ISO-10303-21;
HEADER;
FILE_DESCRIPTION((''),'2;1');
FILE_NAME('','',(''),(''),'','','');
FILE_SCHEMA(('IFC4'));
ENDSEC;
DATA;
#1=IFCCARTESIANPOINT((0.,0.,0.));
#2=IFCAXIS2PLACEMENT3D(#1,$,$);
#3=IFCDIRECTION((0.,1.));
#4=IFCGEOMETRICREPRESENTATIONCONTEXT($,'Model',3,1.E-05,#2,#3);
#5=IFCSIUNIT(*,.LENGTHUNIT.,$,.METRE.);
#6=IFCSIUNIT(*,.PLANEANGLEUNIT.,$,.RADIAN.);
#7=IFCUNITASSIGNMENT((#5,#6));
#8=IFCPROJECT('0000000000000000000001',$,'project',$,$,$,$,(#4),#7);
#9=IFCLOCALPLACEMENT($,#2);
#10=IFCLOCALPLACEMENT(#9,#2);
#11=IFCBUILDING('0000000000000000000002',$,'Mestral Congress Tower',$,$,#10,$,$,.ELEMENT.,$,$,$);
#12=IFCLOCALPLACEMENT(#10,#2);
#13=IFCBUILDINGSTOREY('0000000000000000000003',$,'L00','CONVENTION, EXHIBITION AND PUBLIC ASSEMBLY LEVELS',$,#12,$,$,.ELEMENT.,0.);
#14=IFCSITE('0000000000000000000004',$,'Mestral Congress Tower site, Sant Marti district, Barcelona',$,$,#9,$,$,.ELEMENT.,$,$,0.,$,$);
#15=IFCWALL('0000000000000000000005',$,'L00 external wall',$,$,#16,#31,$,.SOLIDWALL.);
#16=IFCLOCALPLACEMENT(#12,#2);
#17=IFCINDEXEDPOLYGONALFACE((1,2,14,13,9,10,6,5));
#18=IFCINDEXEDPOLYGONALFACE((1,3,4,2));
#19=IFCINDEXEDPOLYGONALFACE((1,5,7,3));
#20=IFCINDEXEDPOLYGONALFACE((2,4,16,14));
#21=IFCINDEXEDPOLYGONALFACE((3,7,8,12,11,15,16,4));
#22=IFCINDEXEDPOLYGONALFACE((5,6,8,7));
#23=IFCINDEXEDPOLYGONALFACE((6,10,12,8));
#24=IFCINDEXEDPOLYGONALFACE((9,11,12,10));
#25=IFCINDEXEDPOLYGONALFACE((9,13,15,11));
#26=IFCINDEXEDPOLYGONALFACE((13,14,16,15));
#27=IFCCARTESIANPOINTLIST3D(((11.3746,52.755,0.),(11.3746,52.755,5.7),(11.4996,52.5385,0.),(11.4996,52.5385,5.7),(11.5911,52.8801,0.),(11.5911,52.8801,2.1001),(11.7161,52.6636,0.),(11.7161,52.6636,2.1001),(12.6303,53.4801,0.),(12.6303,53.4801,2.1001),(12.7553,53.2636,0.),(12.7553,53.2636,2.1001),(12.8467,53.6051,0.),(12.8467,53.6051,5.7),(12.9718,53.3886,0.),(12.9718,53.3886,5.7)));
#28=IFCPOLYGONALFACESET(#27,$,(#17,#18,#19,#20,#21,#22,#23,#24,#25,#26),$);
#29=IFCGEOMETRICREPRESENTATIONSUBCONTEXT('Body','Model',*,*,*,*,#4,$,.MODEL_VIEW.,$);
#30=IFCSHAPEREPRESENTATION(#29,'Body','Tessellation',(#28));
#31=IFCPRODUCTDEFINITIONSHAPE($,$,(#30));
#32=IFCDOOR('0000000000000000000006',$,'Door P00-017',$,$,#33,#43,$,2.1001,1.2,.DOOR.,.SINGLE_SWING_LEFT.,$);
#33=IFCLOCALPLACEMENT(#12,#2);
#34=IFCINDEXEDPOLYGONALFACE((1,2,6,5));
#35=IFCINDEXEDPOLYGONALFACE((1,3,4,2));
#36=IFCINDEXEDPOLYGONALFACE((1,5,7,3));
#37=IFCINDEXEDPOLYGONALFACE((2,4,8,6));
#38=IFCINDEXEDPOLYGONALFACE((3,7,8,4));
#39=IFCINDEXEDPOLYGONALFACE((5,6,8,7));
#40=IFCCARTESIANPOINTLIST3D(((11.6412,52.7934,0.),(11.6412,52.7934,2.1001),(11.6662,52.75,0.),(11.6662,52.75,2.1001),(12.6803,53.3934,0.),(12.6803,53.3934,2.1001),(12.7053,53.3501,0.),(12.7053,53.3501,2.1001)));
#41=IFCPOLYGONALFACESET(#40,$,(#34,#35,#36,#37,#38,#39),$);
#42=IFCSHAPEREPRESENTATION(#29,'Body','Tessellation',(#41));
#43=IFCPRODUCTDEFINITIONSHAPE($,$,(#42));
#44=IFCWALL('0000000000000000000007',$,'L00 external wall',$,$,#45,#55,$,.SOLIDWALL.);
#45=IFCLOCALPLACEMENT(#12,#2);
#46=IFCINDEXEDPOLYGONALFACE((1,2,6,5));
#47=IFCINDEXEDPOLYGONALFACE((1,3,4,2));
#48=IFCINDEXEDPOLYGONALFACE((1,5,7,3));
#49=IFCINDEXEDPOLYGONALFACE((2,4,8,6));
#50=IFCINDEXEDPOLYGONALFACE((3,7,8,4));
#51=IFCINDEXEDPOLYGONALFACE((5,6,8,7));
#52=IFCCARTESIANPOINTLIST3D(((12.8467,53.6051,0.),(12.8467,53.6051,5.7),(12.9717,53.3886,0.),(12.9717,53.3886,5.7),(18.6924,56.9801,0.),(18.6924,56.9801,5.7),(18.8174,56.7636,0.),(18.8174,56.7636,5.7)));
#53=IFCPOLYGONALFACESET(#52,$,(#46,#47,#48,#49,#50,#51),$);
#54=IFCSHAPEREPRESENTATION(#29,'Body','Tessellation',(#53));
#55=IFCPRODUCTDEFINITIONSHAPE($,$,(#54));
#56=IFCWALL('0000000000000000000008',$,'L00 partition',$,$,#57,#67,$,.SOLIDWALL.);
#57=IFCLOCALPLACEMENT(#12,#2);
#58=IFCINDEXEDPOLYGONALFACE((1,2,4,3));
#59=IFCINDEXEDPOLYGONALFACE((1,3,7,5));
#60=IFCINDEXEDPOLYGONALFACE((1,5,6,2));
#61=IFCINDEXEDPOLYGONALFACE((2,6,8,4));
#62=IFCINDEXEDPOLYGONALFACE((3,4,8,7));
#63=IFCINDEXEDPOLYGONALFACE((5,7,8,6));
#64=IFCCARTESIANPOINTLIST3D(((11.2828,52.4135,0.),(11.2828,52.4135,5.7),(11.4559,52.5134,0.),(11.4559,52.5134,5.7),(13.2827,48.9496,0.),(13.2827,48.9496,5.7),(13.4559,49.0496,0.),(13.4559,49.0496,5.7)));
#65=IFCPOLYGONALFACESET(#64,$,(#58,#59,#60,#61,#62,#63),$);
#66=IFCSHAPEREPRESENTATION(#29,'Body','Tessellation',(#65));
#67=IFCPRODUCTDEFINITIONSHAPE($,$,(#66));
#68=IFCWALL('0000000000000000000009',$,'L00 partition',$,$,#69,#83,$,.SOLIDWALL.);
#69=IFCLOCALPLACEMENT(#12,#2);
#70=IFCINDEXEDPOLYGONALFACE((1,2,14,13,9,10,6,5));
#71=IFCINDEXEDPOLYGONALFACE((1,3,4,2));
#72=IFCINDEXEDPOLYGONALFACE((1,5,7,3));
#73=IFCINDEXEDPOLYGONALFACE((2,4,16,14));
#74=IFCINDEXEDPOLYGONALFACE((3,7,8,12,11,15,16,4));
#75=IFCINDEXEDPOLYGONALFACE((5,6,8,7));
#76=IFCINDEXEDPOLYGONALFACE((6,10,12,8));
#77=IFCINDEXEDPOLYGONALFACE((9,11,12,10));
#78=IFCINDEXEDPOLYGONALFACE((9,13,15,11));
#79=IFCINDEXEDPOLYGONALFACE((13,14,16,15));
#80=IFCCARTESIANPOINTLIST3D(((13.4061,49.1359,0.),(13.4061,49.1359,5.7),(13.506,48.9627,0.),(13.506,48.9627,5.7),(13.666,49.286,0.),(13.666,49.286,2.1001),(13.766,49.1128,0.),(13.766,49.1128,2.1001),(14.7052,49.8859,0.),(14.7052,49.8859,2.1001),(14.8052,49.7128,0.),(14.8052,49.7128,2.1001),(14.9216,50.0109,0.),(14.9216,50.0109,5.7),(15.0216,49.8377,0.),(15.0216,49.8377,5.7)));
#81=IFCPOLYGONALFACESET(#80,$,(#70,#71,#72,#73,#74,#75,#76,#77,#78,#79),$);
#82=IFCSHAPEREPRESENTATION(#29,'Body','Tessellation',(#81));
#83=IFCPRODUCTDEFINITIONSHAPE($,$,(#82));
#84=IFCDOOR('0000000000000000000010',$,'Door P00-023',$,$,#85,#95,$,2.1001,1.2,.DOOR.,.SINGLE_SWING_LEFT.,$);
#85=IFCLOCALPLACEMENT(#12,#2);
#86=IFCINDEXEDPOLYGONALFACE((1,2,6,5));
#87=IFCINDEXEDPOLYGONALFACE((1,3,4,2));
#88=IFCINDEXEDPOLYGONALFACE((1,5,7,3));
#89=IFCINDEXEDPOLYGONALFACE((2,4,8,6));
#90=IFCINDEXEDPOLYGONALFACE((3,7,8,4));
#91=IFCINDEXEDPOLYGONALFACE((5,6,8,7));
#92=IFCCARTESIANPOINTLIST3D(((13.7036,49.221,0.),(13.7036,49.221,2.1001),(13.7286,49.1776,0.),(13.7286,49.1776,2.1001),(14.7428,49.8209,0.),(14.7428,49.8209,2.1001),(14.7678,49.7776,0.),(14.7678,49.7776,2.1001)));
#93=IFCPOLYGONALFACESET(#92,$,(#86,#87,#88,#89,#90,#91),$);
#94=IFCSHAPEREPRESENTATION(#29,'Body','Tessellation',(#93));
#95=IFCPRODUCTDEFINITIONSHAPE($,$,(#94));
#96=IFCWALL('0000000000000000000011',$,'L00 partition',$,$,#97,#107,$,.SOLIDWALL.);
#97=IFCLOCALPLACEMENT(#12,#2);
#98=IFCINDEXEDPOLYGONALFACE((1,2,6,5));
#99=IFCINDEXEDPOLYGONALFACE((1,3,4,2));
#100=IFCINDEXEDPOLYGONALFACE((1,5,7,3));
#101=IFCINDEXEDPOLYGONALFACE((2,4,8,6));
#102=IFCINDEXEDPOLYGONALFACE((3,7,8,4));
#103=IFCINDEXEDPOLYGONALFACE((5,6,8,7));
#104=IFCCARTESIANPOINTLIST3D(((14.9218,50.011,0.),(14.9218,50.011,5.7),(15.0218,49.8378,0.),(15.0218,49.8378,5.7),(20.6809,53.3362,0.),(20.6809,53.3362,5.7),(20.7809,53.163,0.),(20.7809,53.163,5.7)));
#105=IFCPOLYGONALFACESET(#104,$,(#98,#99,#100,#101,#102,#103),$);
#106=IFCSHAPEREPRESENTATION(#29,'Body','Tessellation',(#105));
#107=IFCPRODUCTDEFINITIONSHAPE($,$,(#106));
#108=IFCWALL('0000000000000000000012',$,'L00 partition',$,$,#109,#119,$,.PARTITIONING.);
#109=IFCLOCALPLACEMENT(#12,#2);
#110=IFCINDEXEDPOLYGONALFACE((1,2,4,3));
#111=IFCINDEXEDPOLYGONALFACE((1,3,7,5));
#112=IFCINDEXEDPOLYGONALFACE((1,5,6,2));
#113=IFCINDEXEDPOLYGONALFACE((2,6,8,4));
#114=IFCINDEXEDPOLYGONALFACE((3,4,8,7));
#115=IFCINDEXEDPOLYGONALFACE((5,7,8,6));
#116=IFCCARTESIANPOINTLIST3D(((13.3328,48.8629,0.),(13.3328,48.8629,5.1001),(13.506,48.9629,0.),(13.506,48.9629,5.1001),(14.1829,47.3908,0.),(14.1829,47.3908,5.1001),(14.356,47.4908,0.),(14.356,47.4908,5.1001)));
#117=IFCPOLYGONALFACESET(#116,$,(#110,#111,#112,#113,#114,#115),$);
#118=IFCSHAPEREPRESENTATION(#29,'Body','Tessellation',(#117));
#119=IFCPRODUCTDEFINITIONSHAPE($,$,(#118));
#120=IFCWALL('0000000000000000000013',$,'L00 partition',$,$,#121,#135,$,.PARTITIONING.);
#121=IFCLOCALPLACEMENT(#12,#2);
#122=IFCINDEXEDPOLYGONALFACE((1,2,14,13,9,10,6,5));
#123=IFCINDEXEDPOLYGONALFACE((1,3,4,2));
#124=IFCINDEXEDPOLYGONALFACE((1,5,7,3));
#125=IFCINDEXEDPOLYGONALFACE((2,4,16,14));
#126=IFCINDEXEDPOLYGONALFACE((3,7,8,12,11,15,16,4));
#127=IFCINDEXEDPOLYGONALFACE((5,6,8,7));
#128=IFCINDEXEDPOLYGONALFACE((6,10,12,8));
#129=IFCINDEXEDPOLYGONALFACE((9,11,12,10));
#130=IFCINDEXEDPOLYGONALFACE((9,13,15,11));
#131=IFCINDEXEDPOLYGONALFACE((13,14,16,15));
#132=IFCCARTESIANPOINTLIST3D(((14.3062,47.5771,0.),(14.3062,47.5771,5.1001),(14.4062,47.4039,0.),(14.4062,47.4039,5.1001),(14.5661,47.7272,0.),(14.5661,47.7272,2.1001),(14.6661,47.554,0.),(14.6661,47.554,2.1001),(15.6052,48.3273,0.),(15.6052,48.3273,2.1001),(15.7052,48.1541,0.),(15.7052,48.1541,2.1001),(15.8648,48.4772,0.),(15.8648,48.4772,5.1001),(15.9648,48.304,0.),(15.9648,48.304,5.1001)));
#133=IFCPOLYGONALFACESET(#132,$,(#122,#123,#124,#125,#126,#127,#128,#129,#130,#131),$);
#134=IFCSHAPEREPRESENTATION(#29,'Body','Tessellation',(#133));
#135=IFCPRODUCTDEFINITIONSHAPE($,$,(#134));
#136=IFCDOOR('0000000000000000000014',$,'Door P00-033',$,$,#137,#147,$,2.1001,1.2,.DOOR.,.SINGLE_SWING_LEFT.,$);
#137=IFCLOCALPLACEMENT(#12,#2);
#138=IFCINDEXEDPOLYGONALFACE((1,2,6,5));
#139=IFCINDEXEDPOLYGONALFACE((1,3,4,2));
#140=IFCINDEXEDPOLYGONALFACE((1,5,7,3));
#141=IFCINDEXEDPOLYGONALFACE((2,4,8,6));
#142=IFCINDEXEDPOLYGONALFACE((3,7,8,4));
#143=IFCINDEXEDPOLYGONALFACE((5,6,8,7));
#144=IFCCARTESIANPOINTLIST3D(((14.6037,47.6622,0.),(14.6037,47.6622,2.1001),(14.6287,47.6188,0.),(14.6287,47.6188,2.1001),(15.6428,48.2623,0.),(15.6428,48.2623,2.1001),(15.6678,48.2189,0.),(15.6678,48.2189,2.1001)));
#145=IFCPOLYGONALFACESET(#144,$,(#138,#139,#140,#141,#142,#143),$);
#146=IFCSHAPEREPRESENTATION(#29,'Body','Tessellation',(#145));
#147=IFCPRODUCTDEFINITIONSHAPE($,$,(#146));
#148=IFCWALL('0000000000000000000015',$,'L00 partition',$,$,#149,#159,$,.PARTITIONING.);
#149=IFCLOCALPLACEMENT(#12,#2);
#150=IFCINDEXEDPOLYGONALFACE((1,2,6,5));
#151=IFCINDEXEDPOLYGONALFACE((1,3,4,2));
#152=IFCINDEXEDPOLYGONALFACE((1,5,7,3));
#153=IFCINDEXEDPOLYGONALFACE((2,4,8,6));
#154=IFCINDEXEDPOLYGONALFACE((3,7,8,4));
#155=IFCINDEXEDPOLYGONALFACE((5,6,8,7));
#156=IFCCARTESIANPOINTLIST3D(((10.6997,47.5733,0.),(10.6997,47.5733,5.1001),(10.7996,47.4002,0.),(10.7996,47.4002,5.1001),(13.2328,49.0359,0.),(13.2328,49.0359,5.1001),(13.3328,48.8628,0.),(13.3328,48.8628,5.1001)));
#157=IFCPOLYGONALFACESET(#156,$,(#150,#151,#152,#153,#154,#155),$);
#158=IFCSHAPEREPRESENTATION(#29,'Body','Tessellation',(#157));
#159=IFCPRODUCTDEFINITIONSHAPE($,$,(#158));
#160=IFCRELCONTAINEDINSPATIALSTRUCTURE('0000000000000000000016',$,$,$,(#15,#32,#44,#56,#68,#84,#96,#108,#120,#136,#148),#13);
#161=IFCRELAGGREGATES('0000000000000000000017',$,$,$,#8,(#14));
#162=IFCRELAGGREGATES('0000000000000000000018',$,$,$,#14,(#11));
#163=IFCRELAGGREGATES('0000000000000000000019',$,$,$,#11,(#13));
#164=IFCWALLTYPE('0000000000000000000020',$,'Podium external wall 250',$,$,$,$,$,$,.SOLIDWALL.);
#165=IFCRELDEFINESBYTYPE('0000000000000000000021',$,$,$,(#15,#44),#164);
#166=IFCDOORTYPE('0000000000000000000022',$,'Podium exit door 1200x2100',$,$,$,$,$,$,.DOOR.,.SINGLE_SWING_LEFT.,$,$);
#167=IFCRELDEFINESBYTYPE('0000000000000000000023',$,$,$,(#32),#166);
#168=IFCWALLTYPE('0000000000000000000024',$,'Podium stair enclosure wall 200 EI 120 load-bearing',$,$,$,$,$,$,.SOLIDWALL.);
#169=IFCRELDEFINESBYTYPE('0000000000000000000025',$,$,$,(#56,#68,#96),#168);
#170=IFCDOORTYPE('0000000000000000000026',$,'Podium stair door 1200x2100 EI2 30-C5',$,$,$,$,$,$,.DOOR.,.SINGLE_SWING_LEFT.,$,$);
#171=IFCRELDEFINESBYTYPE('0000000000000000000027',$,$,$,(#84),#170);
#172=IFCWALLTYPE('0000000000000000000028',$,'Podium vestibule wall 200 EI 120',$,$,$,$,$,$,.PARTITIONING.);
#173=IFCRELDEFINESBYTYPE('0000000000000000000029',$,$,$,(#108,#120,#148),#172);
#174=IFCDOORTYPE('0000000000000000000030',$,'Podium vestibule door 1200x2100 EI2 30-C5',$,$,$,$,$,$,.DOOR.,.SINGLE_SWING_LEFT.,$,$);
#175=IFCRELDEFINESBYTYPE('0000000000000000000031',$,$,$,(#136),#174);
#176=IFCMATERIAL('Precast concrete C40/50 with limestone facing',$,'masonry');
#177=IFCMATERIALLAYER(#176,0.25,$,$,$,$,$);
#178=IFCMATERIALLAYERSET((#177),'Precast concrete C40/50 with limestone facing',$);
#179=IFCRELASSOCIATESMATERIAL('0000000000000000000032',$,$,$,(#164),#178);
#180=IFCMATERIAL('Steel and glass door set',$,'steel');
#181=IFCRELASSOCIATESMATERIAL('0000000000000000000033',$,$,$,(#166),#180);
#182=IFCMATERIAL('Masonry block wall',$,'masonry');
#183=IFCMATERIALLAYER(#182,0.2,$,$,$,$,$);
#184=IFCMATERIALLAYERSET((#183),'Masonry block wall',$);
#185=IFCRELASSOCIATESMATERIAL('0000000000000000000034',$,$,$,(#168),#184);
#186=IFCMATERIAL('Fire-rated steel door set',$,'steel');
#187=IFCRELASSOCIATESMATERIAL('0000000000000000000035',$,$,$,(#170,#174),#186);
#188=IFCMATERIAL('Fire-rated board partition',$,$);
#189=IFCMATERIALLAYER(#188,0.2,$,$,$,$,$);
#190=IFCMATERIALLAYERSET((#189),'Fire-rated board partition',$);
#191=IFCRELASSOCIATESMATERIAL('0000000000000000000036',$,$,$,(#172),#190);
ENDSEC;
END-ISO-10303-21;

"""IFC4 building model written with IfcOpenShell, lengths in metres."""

from ifc_helpers import new_model, si_unit, direction, frame, frame_2d, origin, place, context, subcontext, project, spatial, rectangle, extrude, material, layer, layer_set, type_object, element, fill, save


model = new_model("IFC4")

# Units and contexts
model_context = context("Model", 3, precision=1e-05, world=origin(), true_north=direction((0.0, 1.0)))
body_context = subcontext(model_context, "Body", "Model", "MODEL_VIEW")
ifc_project = project(units=[si_unit("LENGTHUNIT", "METRE"), si_unit("PLANEANGLEUNIT", "RADIAN")], contexts=[model_context])

# Site, building, storey
site_placement = place(None, origin())
site = spatial("IfcSite", under=ifc_project, at=site_placement, Name="Mestral Congress Tower site, Sant Marti district, Barcelona", CompositionType="ELEMENT", RefElevation=0.0)
building_placement = place(site_placement, origin())
building = spatial("IfcBuilding", under=site, at=building_placement, Name="Mestral Congress Tower", CompositionType="ELEMENT")
storey_placement = place(building_placement, origin())
storey = spatial("IfcBuildingStorey", under=building, at=storey_placement, Name="L00", Description="CONVENTION, EXHIBITION AND PUBLIC ASSEMBLY LEVELS", CompositionType="ELEMENT", Elevation=0.0)

# Shared definitions
ifc_material_1 = material(Name="Precast concrete C40/50 with limestone facing", Category="masonry")
ifc_layer_1 = layer(ifc_material_1, 0.25)
ifc_layer_set_1 = layer_set([ifc_layer_1], Name="Precast concrete C40/50 with limestone facing")
wall_type_1 = type_object("IfcWallType", Name="Podium external wall 250", PredefinedType="SOLIDWALL", material=ifc_layer_set_1)

# Wall, opening, door
wall_1_placement = place(storey_placement, frame((11.437, 52.6467, 0.0), z_axis=(0.0, 0.0, 1.0), x_axis=(0.865989, 0.500062, 0.0)))
wall_1 = element("IfcWall", 1, at=wall_1_placement, inside=storey, type_object=wall_type_1, Name="L00 external wall", PredefinedType="SOLIDWALL", context=body_context, shape_type="SweptSolid", body=[
    extrude(rectangle(XDim=1.7, YDim=0.25, at=frame_2d((0.8501, 0.0))), origin(), (0.0, 0.0, 1.0), 5.7),
])
opening_1_placement = place(wall_1_placement, frame((0.25, 0.0, 0.0)))
opening_1 = element("IfcOpeningElement", 2, at=opening_1_placement, cuts=wall_1, PredefinedType="OPENING", context=body_context, shape_type="SweptSolid", body=[
    extrude(rectangle(XDim=1.2, YDim=2.1001, at=frame_2d((0.6001, 1.05))), frame((0.0, 0.135, 0.0), z_axis=(0.0, -1.0, 0.0), x_axis=(1.0, 0.0, 0.0)), (0.0, 0.0, 1.0), 0.27),
])
ifc_material_2 = material(Name="Steel and glass door set", Category="steel")
door_type_1 = type_object("IfcDoorType", Name="Podium exit door 1200x2100", OperationType="SINGLE_SWING_LEFT", PredefinedType="DOOR", material=ifc_material_2)
door_1_placement = place(opening_1_placement, origin())
door_1 = element("IfcDoor", 3, at=door_1_placement, inside=storey, type_object=door_type_1, Name="Door P00-017", OperationType="SINGLE_SWING_LEFT", OverallHeight=2.1001, OverallWidth=1.2, PredefinedType="DOOR", context=body_context, shape_type="SweptSolid", body=[
    extrude(rectangle(XDim=1.2, YDim=2.1001, at=frame_2d((0.6001, 1.05))), frame((0.0, 0.0249, 0.0), z_axis=(0.0, -1.0, 0.0), x_axis=(1.0, 0.0, 0.0)), (0.0, 0.0, 1.0), 0.05),
])
fill(opening_1, door_1)

# Walls
wall_2_placement = place(storey_placement, frame((12.9092, 53.4968, 0.0), z_axis=(0.0, 0.0, 1.0), x_axis=(0.866027, 0.499998, 0.0)))
element("IfcWall", 4, at=wall_2_placement, inside=storey, type_object=wall_type_1, Name="L00 external wall", PredefinedType="SOLIDWALL", context=body_context, shape_type="SweptSolid", body=[
    extrude(rectangle(XDim=6.75, YDim=0.25, at=frame_2d((3.375, 0.0))), origin(), (0.0, 0.0, 1.0), 5.7),
])
ifc_material_3 = material(Name="Masonry block wall", Category="masonry")
ifc_layer_2 = layer(ifc_material_3, 0.2)
ifc_layer_set_2 = layer_set([ifc_layer_2], Name="Masonry block wall")
wall_type_2 = type_object("IfcWallType", Name="Podium stair enclosure wall 200 EI 120 load-bearing", PredefinedType="SOLIDWALL", material=ifc_layer_set_2)
wall_3_placement = place(storey_placement, frame((13.3694, 48.9995, 0.0), z_axis=(0.0, 0.0, 1.0), x_axis=(-0.500025, 0.866011, 0.0)))
element("IfcWall", 5, at=wall_3_placement, inside=storey, type_object=wall_type_2, Name="L00 partition", PredefinedType="SOLIDWALL", context=body_context, shape_type="SweptSolid", body=[
    extrude(rectangle(XDim=3.9998, YDim=0.2, at=frame_2d((2.0, 0.0))), origin(), (0.0, 0.0, 1.0), 5.7),
])

# Wall, opening, door
wall_4_placement = place(storey_placement, frame((13.4561, 49.0493, 0.0), z_axis=(0.0, 0.0, 1.0), x_axis=(0.866037, 0.49998, 0.0)))
wall_4 = element("IfcWall", 6, at=wall_4_placement, inside=storey, type_object=wall_type_2, Name="L00 partition", PredefinedType="SOLIDWALL", context=body_context, shape_type="SweptSolid", body=[
    extrude(rectangle(XDim=1.75, YDim=0.2, at=frame_2d((0.875, 0.0))), origin(), (0.0, 0.0, 1.0), 5.7),
])
opening_2_placement = place(wall_4_placement, frame((0.3, 0.0, 0.0)))
opening_2 = element("IfcOpeningElement", 7, at=opening_2_placement, cuts=wall_4, PredefinedType="OPENING", context=body_context, shape_type="SweptSolid", body=[
    extrude(rectangle(XDim=1.2, YDim=2.1001, at=frame_2d((0.6001, 1.05))), frame((0.0, 0.1099, 0.0), z_axis=(0.0, -1.0, 0.0), x_axis=(1.0, 0.0, 0.0)), (0.0, 0.0, 1.0), 0.22),
])
ifc_material_4 = material(Name="Fire-rated steel door set", Category="steel")
door_type_2 = type_object("IfcDoorType", Name="Podium stair door 1200x2100 EI2 30-C5", OperationType="SINGLE_SWING_LEFT", PredefinedType="DOOR", material=ifc_material_4)
door_2_placement = place(opening_2_placement, origin())
door_2 = element("IfcDoor", 8, at=door_2_placement, inside=storey, type_object=door_type_2, Name="Door P00-023", OperationType="SINGLE_SWING_LEFT", OverallHeight=2.1001, OverallWidth=1.2, PredefinedType="DOOR", context=body_context, shape_type="SweptSolid", body=[
    extrude(rectangle(XDim=1.2, YDim=2.1001, at=frame_2d((0.6001, 1.05))), frame((0.0, 0.0249, 0.0), z_axis=(0.0, -1.0, 0.0), x_axis=(1.0, 0.0, 0.0)), (0.0, 0.0, 1.0), 0.05),
])
fill(opening_2, door_2)

# Walls
wall_5_placement = place(storey_placement, frame((14.9717, 49.9243, 0.0), z_axis=(0.0, 0.0, 1.0), x_axis=(0.866011, 0.500024, 0.0)))
element("IfcWall", 9, at=wall_5_placement, inside=storey, type_object=wall_type_2, Name="L00 partition", PredefinedType="SOLIDWALL", context=body_context, shape_type="SweptSolid", body=[
    extrude(rectangle(XDim=6.6501, YDim=0.2, at=frame_2d((3.3252, 0.0))), origin(), (0.0, 0.0, 1.0), 5.7),
])
ifc_material_5 = material(Name="Fire-rated board partition")
ifc_layer_3 = layer(ifc_material_5, 0.2)
ifc_layer_set_3 = layer_set([ifc_layer_3], Name="Fire-rated board partition")
wall_type_3 = type_object("IfcWallType", Name="Podium vestibule wall 200 EI 120", PredefinedType="PARTITIONING", material=ifc_layer_set_3)
wall_6_placement = place(storey_placement, frame((14.2695, 47.4407, 0.0), z_axis=(0.0, 0.0, 1.0), x_axis=(-0.500062, 0.865989, 0.0)))
element("IfcWall", 10, at=wall_6_placement, inside=storey, type_object=wall_type_3, Name="L00 partition", PredefinedType="PARTITIONING", context=body_context, shape_type="SweptSolid", body=[
    extrude(rectangle(XDim=1.7, YDim=0.2, at=frame_2d((0.8501, 0.0))), origin(), (0.0, 0.0, 1.0), 5.1001),
])

# Wall, opening, door
wall_7_placement = place(storey_placement, frame((14.3562, 47.4905, 0.0), z_axis=(0.0, 0.0, 1.0), x_axis=(0.865955, 0.500122, 0.0)))
wall_7 = element("IfcWall", 11, at=wall_7_placement, inside=storey, type_object=wall_type_3, Name="L00 partition", PredefinedType="PARTITIONING", context=body_context, shape_type="SweptSolid", body=[
    extrude(rectangle(XDim=1.7998, YDim=0.2, at=frame_2d((0.8999, 0.0))), origin(), (0.0, 0.0, 1.0), 5.1001),
])
opening_3_placement = place(wall_7_placement, frame((0.3, 0.0, 0.0)))
opening_3 = element("IfcOpeningElement", 12, at=opening_3_placement, cuts=wall_7, PredefinedType="OPENING", context=body_context, shape_type="SweptSolid", body=[
    extrude(rectangle(XDim=1.2, YDim=2.1001, at=frame_2d((0.6001, 1.05))), frame((0.0, 0.1099, 0.0), z_axis=(0.0, -1.0, 0.0), x_axis=(1.0, 0.0, 0.0)), (0.0, 0.0, 1.0), 0.22),
])
door_type_3 = type_object("IfcDoorType", Name="Podium vestibule door 1200x2100 EI2 30-C5", OperationType="SINGLE_SWING_LEFT", PredefinedType="DOOR", material=ifc_material_4)
door_3_placement = place(opening_3_placement, origin())
door_3 = element("IfcDoor", 13, at=door_3_placement, inside=storey, type_object=door_type_3, Name="Door P00-033", OperationType="SINGLE_SWING_LEFT", OverallHeight=2.1001, OverallWidth=1.2, PredefinedType="DOOR", context=body_context, shape_type="SweptSolid", body=[
    extrude(rectangle(XDim=1.2, YDim=2.1001, at=frame_2d((0.6001, 1.05))), frame((0.0, 0.0249, 0.0), z_axis=(0.0, -1.0, 0.0), x_axis=(1.0, 0.0, 0.0)), (0.0, 0.0, 1.0), 0.05),
])
fill(opening_3, door_3)

# Wall
wall_8_placement = place(storey_placement, frame((10.7498, 47.4868, 0.0), z_axis=(0.0, 0.0, 1.0), x_axis=(0.86601, 0.500026, 0.0)))
element("IfcWall", 14, at=wall_8_placement, inside=storey, type_object=wall_type_3, Name="L00 partition", PredefinedType="PARTITIONING", context=body_context, shape_type="SweptSolid", body=[
    extrude(rectangle(XDim=2.925, YDim=0.2, at=frame_2d((1.4624, 0.0))), origin(), (0.0, 0.0, 1.0), 5.1001),
])

save(model, "model.ifc")
